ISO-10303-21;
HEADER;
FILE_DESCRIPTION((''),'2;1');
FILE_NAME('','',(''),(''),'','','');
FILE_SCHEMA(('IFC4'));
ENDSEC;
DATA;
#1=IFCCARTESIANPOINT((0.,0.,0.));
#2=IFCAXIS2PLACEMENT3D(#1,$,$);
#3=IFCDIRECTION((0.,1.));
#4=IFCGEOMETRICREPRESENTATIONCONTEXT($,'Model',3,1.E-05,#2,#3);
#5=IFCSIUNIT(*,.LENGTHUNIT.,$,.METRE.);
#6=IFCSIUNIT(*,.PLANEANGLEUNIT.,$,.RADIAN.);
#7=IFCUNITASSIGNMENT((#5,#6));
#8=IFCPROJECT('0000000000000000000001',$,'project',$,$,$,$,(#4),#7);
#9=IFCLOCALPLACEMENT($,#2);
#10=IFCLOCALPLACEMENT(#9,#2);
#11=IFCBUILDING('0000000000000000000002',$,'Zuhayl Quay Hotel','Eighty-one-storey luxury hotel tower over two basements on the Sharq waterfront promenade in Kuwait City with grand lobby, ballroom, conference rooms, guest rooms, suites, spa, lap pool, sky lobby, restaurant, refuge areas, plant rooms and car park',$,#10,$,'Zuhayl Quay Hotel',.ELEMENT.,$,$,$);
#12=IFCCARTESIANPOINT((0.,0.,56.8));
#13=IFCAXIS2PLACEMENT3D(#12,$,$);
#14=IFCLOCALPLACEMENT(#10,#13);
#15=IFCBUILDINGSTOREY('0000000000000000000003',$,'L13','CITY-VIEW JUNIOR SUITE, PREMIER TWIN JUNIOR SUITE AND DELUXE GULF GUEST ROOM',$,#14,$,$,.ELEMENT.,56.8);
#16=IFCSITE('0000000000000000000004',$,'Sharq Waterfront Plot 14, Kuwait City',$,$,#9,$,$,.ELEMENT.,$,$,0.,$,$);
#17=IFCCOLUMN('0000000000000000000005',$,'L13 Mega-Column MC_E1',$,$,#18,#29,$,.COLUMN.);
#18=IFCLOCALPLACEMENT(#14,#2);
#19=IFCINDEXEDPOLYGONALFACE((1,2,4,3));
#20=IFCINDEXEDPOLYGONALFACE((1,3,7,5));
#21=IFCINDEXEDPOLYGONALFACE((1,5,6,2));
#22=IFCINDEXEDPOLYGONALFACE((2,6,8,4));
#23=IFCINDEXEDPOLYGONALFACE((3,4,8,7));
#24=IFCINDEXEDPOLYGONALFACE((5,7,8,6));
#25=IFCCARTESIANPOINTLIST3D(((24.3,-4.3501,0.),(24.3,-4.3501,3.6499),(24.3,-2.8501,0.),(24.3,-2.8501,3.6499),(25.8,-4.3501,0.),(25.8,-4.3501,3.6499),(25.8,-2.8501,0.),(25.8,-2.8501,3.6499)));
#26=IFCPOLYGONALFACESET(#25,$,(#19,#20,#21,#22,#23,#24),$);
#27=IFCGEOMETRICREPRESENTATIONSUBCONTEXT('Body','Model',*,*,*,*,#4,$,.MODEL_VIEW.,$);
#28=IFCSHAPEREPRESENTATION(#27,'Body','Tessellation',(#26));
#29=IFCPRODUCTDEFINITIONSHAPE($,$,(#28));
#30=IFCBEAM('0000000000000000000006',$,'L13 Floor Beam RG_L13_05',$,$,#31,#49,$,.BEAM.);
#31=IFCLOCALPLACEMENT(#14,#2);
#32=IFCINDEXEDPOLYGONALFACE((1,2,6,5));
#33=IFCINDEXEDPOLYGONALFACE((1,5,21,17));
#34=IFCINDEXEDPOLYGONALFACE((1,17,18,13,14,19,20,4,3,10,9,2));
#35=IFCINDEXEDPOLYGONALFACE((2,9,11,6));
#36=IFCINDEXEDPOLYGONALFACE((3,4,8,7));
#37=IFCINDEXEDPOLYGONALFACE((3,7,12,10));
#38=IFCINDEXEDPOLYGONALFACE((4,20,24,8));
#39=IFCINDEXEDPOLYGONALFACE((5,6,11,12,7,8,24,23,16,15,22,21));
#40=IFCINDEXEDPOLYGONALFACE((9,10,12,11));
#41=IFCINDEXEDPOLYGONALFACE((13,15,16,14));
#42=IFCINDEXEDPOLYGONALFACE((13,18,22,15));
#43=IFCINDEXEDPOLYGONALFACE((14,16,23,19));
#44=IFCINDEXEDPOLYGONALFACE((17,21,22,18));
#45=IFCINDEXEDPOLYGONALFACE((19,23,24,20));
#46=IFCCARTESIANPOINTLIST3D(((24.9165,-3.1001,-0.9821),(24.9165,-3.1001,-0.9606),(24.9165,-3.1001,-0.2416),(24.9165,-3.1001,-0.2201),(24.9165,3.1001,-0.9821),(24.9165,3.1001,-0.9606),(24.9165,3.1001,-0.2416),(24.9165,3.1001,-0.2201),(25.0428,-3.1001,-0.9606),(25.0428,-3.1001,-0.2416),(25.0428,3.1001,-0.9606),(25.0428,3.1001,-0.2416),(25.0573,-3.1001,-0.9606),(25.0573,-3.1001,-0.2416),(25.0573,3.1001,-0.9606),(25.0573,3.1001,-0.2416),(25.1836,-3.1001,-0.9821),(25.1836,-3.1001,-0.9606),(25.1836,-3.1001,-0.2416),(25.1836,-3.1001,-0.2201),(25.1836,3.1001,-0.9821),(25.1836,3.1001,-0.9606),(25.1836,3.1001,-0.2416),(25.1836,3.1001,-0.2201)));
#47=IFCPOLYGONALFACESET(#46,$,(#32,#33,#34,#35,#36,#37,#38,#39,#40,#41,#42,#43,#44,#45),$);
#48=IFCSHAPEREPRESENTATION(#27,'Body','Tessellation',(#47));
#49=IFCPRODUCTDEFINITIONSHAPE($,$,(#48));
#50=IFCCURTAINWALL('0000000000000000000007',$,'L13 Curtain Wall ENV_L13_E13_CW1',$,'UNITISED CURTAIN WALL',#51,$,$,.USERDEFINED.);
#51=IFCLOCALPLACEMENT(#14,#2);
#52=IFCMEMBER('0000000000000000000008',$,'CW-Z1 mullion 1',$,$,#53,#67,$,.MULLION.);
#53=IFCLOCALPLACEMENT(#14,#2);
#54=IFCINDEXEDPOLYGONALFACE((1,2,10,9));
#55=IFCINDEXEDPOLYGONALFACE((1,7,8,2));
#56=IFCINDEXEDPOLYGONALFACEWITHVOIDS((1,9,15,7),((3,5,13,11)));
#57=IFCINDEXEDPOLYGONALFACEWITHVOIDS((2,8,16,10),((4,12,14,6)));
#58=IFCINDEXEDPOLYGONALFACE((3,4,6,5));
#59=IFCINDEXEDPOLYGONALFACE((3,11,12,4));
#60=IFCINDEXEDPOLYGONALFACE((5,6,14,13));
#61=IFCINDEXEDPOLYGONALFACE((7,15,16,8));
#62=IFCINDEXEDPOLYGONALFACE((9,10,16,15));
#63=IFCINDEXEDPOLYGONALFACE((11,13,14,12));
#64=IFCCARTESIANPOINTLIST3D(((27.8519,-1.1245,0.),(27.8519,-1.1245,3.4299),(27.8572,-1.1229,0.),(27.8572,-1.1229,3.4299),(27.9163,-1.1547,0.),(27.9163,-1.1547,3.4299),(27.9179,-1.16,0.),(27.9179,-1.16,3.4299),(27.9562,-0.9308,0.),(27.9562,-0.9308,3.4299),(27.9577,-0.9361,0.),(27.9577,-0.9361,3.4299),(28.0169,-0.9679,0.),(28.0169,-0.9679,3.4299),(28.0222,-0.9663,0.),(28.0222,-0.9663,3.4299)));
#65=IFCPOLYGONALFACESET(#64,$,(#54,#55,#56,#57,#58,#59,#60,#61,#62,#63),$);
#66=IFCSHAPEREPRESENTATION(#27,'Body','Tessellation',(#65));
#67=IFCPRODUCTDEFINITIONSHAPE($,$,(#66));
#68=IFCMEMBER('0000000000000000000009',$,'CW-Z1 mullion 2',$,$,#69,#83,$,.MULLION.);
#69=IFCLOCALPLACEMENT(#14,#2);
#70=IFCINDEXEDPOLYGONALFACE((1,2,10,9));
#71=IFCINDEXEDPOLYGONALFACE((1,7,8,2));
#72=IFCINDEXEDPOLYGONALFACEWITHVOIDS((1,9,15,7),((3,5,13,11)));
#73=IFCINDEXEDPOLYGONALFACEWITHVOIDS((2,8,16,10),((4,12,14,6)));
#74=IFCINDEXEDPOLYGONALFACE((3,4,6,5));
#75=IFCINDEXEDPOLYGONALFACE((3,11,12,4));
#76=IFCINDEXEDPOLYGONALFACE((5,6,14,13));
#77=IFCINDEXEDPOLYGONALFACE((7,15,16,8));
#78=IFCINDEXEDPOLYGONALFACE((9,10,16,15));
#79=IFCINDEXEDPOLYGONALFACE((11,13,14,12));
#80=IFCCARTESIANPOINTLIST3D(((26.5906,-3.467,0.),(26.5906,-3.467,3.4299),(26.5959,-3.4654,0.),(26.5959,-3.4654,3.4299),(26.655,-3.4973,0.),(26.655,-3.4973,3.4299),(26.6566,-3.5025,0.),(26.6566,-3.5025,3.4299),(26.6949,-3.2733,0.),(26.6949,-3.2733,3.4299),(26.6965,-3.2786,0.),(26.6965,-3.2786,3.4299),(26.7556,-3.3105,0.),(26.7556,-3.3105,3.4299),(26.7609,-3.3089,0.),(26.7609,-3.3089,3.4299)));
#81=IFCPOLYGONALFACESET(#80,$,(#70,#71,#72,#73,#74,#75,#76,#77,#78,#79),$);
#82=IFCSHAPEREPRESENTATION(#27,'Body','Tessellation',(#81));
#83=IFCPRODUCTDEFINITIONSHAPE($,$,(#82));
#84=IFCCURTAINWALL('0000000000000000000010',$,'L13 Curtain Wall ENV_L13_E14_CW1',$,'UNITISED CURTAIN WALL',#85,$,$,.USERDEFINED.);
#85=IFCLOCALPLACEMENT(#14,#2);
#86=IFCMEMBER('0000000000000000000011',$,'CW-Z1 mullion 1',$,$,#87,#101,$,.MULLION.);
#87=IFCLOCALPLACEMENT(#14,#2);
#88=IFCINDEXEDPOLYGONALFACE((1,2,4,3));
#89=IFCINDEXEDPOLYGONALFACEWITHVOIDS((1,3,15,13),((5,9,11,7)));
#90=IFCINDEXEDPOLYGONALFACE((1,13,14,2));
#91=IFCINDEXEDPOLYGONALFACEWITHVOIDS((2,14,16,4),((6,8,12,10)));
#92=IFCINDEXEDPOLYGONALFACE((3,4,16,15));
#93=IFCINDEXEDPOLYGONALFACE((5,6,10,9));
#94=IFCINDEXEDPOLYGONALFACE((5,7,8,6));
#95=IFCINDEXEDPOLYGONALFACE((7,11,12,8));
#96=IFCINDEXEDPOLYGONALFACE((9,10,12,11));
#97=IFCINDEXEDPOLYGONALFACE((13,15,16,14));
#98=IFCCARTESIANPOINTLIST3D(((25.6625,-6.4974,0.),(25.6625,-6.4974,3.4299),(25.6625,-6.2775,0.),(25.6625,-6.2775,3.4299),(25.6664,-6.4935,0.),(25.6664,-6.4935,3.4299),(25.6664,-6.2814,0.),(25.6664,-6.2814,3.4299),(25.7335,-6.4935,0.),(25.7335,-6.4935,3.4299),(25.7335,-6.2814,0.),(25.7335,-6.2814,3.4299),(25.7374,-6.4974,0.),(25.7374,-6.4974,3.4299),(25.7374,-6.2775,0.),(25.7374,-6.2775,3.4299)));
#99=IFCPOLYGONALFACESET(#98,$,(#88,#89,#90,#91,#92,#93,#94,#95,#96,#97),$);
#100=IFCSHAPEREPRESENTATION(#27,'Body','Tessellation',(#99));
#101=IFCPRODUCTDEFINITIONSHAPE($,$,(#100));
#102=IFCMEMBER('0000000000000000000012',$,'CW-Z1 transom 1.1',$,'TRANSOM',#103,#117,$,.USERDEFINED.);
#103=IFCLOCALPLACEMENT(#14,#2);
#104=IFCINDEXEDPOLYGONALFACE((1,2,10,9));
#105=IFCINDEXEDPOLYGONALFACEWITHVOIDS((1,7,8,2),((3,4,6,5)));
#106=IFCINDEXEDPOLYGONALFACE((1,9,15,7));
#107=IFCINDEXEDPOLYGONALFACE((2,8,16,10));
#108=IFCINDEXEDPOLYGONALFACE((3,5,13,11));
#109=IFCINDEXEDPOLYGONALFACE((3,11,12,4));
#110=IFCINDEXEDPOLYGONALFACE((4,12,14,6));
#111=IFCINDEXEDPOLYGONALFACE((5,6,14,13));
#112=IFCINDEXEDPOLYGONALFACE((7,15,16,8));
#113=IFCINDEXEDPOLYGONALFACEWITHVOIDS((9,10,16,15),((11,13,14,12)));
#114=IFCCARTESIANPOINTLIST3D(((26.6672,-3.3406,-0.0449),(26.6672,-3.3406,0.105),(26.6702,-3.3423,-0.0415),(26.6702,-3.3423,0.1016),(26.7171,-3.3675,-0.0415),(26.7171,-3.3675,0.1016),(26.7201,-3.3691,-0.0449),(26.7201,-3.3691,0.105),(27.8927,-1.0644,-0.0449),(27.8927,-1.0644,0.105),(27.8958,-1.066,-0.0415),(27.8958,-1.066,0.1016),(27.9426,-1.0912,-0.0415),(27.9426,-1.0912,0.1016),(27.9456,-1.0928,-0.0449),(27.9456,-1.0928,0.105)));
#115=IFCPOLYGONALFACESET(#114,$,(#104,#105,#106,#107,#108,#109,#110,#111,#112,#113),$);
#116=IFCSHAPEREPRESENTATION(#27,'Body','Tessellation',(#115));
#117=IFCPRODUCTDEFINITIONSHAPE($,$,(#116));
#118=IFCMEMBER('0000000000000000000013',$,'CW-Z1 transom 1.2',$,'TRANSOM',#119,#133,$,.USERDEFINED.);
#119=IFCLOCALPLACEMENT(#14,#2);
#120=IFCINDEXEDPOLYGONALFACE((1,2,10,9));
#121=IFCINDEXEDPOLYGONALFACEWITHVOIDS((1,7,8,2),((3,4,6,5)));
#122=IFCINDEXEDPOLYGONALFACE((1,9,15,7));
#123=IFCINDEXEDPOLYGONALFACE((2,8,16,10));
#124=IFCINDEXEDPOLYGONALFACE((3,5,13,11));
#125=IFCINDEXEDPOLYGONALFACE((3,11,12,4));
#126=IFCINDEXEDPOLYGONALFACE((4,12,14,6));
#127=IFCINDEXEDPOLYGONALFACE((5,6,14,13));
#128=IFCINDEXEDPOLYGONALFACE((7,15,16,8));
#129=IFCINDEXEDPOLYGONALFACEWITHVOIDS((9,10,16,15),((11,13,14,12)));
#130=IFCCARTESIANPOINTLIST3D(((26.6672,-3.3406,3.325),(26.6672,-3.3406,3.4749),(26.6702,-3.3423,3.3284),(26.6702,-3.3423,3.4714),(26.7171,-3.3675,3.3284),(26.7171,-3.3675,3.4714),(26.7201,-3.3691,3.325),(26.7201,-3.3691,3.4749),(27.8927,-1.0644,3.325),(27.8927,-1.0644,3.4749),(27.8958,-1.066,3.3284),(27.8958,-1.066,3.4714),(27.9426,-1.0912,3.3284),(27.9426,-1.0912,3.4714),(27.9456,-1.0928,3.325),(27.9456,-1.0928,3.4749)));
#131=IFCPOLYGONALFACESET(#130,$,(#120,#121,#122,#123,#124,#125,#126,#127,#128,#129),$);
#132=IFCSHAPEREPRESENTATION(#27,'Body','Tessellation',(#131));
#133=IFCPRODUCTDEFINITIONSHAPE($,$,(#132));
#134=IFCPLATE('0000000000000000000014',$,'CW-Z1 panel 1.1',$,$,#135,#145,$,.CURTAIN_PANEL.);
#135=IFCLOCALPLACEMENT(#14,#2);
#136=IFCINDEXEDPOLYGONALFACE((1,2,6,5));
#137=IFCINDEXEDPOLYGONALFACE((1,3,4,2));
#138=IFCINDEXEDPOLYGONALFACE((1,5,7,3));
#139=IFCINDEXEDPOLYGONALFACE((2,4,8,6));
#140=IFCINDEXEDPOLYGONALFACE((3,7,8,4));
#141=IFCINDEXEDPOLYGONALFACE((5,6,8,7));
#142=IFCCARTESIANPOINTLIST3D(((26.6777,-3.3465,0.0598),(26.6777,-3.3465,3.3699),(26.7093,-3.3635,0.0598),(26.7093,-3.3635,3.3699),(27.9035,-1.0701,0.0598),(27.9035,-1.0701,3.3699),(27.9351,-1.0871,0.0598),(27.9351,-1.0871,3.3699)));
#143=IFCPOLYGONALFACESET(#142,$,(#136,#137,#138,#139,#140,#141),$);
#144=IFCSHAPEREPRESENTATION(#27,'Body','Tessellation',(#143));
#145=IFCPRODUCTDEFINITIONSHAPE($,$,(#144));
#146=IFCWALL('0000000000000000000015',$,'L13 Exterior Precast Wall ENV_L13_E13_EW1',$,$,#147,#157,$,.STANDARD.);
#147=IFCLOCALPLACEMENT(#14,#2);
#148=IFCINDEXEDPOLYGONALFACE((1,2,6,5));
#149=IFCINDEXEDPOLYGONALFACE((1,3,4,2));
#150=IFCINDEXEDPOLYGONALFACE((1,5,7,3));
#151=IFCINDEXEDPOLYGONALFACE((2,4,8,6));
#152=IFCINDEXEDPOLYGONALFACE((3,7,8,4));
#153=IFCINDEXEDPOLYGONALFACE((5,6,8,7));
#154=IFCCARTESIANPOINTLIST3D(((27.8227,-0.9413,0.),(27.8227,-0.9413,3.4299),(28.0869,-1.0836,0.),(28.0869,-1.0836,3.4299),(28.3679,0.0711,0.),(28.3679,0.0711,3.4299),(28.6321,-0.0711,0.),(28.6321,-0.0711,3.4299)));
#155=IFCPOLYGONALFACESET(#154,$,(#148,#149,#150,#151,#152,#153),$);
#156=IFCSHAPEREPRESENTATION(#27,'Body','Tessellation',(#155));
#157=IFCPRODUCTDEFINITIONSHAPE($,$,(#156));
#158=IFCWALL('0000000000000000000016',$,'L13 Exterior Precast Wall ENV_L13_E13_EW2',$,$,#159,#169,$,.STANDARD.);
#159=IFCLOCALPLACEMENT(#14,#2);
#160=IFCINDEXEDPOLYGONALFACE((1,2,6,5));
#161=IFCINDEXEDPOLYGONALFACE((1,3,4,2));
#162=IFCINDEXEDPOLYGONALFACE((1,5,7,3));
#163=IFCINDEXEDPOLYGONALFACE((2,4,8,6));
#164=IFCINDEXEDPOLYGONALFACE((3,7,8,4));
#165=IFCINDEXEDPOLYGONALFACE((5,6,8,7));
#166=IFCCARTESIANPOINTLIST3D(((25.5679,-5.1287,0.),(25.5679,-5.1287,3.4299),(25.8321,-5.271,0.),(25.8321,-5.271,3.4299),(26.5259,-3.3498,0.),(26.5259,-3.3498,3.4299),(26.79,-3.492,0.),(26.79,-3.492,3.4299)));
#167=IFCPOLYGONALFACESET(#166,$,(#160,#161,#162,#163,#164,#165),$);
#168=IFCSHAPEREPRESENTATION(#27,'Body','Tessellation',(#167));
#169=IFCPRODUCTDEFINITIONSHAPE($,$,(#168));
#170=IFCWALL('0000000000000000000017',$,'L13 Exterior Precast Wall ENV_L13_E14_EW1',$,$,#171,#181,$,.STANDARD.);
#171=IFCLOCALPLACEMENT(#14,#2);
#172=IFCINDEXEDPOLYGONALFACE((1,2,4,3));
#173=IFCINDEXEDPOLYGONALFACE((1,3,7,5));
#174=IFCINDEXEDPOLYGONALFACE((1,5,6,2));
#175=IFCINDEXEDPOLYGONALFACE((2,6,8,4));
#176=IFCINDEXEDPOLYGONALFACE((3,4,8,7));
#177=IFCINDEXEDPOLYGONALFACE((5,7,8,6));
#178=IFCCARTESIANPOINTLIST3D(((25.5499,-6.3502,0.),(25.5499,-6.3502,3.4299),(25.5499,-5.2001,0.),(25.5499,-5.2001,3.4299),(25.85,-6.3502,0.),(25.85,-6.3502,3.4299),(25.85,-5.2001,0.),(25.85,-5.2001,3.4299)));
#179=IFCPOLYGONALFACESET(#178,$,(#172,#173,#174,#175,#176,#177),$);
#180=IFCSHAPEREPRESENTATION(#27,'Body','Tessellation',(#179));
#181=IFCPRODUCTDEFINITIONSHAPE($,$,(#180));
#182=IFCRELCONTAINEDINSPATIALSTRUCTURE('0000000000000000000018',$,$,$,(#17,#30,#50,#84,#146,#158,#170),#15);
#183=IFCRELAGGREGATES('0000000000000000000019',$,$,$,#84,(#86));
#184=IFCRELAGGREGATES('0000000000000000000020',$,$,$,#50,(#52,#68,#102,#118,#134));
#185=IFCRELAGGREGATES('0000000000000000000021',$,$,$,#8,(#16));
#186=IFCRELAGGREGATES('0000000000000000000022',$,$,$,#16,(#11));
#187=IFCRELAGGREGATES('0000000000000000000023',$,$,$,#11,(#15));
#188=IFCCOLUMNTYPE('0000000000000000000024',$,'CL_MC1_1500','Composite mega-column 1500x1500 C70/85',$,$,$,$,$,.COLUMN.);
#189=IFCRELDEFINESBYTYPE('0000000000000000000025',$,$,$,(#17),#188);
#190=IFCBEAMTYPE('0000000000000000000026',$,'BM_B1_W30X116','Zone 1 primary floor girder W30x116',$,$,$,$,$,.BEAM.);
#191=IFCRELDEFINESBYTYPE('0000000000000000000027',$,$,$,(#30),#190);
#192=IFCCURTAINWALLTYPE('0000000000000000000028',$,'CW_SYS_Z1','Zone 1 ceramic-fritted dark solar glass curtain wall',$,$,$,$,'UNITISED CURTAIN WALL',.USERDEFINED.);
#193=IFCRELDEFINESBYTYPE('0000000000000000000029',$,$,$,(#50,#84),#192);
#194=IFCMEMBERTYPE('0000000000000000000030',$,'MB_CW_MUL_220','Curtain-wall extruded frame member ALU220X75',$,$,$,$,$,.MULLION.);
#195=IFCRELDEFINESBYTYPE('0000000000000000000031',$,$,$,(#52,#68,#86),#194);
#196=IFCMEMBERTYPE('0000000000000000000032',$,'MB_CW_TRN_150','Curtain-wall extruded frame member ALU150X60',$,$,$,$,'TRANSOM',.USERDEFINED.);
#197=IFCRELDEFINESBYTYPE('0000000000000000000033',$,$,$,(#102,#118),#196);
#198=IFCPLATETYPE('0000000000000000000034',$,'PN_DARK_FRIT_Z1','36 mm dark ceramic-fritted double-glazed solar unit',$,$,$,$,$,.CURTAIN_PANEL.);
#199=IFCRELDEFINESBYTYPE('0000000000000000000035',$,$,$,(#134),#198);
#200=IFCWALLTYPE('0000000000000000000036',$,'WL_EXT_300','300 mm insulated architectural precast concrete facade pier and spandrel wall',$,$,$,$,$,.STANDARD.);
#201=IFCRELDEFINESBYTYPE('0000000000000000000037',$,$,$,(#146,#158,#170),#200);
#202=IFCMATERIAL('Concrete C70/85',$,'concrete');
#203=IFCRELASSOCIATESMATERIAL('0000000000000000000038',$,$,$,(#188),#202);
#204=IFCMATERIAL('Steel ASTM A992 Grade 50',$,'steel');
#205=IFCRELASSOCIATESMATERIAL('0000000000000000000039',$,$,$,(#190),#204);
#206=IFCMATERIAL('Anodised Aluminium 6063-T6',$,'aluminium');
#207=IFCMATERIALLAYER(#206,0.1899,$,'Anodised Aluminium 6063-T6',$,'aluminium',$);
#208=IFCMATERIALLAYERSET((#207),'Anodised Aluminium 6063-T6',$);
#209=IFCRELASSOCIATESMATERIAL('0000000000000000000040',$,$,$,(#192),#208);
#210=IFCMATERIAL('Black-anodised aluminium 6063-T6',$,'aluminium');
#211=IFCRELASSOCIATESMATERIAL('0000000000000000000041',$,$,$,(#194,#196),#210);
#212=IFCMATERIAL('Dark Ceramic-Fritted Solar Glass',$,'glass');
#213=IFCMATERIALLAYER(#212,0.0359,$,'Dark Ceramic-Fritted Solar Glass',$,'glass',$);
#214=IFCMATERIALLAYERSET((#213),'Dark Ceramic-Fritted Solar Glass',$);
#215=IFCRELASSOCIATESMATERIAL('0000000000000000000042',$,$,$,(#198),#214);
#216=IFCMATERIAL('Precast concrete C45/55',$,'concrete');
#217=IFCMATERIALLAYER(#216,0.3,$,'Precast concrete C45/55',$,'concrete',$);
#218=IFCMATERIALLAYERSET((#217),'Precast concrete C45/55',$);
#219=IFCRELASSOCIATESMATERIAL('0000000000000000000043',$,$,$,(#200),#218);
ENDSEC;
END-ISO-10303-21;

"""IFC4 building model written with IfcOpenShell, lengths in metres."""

from ifc_helpers import new_model, si_unit, direction, frame, frame_2d, origin, origin_2d, place, context, subcontext, project, spatial, rectangle, hollow_rectangle, i_section, extrude, material, layer, layer_set, material_profile, profile_set, type_object, element, aggregate, save


model = new_model("IFC4")

# Units and contexts
model_context = context("Model", 3, precision=1e-05, world=origin(), true_north=direction((0.0, 1.0)))
body_context = subcontext(model_context, "Body", "Model", "MODEL_VIEW")
ifc_project = project(units=[si_unit("LENGTHUNIT", "METRE"), si_unit("PLANEANGLEUNIT", "RADIAN")], contexts=[model_context])

# Site, building, storey
site_placement = place(None, origin())
site = spatial("IfcSite", under=ifc_project, at=site_placement, Name="Sharq Waterfront Plot 14, Kuwait City", CompositionType="ELEMENT", RefElevation=0.0)
building_placement = place(site_placement, origin())
building = spatial("IfcBuilding", under=site, at=building_placement, Name="Zuhayl Quay Hotel", Description="Eighty-one-storey luxury hotel tower over two basements on the Sharq waterfront promenade in Kuwait City with grand lobby, ballroom, conference rooms, guest rooms, suites, spa, lap pool, sky lobby, restaurant, refuge areas, plant rooms and car park", LongName="Zuhayl Quay Hotel", CompositionType="ELEMENT")
storey_placement = place(building_placement, frame((0.0, 0.0, 56.8)))
storey = spatial("IfcBuildingStorey", under=building, at=storey_placement, Name="L13", Description="CITY-VIEW JUNIOR SUITE, PREMIER TWIN JUNIOR SUITE AND DELUXE GULF GUEST ROOM", CompositionType="ELEMENT", Elevation=56.8)

# Column
ifc_material_1 = material(Name="Concrete C70/85", Category="concrete")
ifc_material_profile_1 = material_profile(ifc_material_1, rectangle(XDim=1.5, YDim=1.5, at=origin_2d()), Name="RC1500X1500")
ifc_profile_set_1 = profile_set([ifc_material_profile_1], Name="Concrete C70/85")
column_type = type_object("IfcColumnType", Name="CL_MC1_1500", Description="Composite mega-column 1500x1500 C70/85", PredefinedType="COLUMN", material=ifc_profile_set_1)
column_placement = place(storey_placement, frame((25.05, -3.6001, 0.0), z_axis=(0.0, 0.0, 1.0), x_axis=(1.0, 0.0, 0.0)))
element("IfcColumn", 1, at=column_placement, inside=storey, type_object=column_type, Name="L13 Mega-Column MC_E1", PredefinedType="COLUMN", context=body_context, shape_type="SweptSolid", body=[
    extrude(rectangle(XDim=1.5, YDim=1.5, at=origin_2d()), origin(), (0.0, 0.0, 1.0), 3.6499),
])

# Beam
ifc_material_2 = material(Name="Steel ASTM A992 Grade 50", Category="steel")
ifc_material_profile_2 = material_profile(ifc_material_2, i_section(OverallWidth=0.2671, OverallDepth=0.762, WebThickness=0.0144, FlangeThickness=0.0215, at=origin_2d()), Name="W30X116")
ifc_profile_set_2 = profile_set([ifc_material_profile_2], Name="Steel ASTM A992 Grade 50")
beam_type = type_object("IfcBeamType", Name="BM_B1_W30X116", Description="Zone 1 primary floor girder W30x116", PredefinedType="BEAM", material=ifc_profile_set_2)
beam_placement = place(storey_placement, frame((25.05, -3.1001, -0.6011), z_axis=(0.0, 1.0, 0.0), x_axis=(-1.0, 0.0, 0.0)))
element("IfcBeam", 2, at=beam_placement, inside=storey, type_object=beam_type, Name="L13 Floor Beam RG_L13_05", PredefinedType="BEAM", context=body_context, shape_type="SweptSolid", body=[
    extrude(i_section(OverallWidth=0.2671, OverallDepth=0.762, WebThickness=0.0144, FlangeThickness=0.0215, at=origin_2d()), origin(), (0.0, 0.0, 1.0), 6.2002),
])

# Curtain wall, members
ifc_material_3 = material(Name="Anodised Aluminium 6063-T6", Category="aluminium")
ifc_layer_1 = layer(ifc_material_3, 0.1899, Name="Anodised Aluminium 6063-T6", Category="aluminium")
ifc_layer_set_1 = layer_set([ifc_layer_1], Name="Anodised Aluminium 6063-T6")
curtain_wall_type = type_object("IfcCurtainWallType", Name="CW_SYS_Z1", Description="Zone 1 ceramic-fritted dark solar glass curtain wall", ElementType="UNITISED CURTAIN WALL", PredefinedType="USERDEFINED", material=ifc_layer_set_1)
curtain_wall_1_placement = place(storey_placement, origin())
curtain_wall_1 = element("IfcCurtainWall", 3, at=curtain_wall_1_placement, inside=storey, type_object=curtain_wall_type, Name="L13 Curtain Wall ENV_L13_E13_CW1", ObjectType="UNITISED CURTAIN WALL", PredefinedType="USERDEFINED")
ifc_material_4 = material(Name="Black-anodised aluminium 6063-T6", Category="aluminium")
ifc_material_profile_3 = material_profile(ifc_material_4, hollow_rectangle(XDim=0.075, YDim=0.22, WallThickness=0.0039, at=origin_2d()), Name="ALU220X75")
ifc_profile_set_3 = profile_set([ifc_material_profile_3], Name="Black-anodised aluminium 6063-T6")
member_type_1 = type_object("IfcMemberType", Name="MB_CW_MUL_220", Description="Curtain-wall extruded frame member ALU220X75", PredefinedType="MULLION", material=ifc_profile_set_3)
member_1_placement = place(storey_placement, frame((27.937, -1.0454, 0.0), z_axis=(0.0, 0.0, 1.0), x_axis=(0.880476, -0.474091, 0.0)))
member_1 = element("IfcMember", 4, at=member_1_placement, type_object=member_type_1, Name="CW-Z1 mullion 1", PredefinedType="MULLION", context=body_context, shape_type="SweptSolid", body=[
    extrude(hollow_rectangle(XDim=0.075, YDim=0.22, WallThickness=0.0039, at=origin_2d()), origin(), (0.0, 0.0, 1.0), 3.4299),
])
member_2_placement = place(storey_placement, frame((26.6758, -3.3879, 0.0), z_axis=(0.0, 0.0, 1.0), x_axis=(0.880476, -0.474091, 0.0)))
member_2 = element("IfcMember", 5, at=member_2_placement, type_object=member_type_1, Name="CW-Z1 mullion 2", PredefinedType="MULLION", context=body_context, shape_type="SweptSolid", body=[
    extrude(hollow_rectangle(XDim=0.075, YDim=0.22, WallThickness=0.0039, at=origin_2d()), origin(), (0.0, 0.0, 1.0), 3.4299),
])

# Curtain wall, member
curtain_wall_2_placement = place(storey_placement, origin())
curtain_wall_2 = element("IfcCurtainWall", 6, at=curtain_wall_2_placement, inside=storey, type_object=curtain_wall_type, Name="L13 Curtain Wall ENV_L13_E14_CW1", ObjectType="UNITISED CURTAIN WALL", PredefinedType="USERDEFINED")
member_3_placement = place(storey_placement, frame((25.7, -6.3875, 0.0), z_axis=(0.0, 0.0, 1.0), x_axis=(1.0, 0.0, 0.0)))
member_3 = element("IfcMember", 7, at=member_3_placement, type_object=member_type_1, Name="CW-Z1 mullion 1", PredefinedType="MULLION", context=body_context, shape_type="SweptSolid", body=[
    extrude(hollow_rectangle(XDim=0.075, YDim=0.22, WallThickness=0.0039, at=origin_2d()), origin(), (0.0, 0.0, 1.0), 3.4299),
])
aggregate(curtain_wall_2, [member_3])

# Members
ifc_material_profile_4 = material_profile(ifc_material_4, hollow_rectangle(XDim=0.0601, YDim=0.1499, WallThickness=0.0034, at=origin_2d()), Name="ALU150X60")
ifc_profile_set_4 = profile_set([ifc_material_profile_4], Name="Black-anodised aluminium 6063-T6")
member_type_2 = type_object("IfcMemberType", Name="MB_CW_TRN_150", Description="Curtain-wall extruded frame member ALU150X60", ElementType="TRANSOM", PredefinedType="USERDEFINED", material=ifc_profile_set_4)
member_4_placement = place(storey_placement, frame((27.9192, -1.0786, 0.03), z_axis=(-0.474055, -0.880495, 0.0), x_axis=(0.880495, -0.474055, 0.0)))
member_4 = element("IfcMember", 8, at=member_4_placement, type_object=member_type_2, Name="CW-Z1 transom 1.1", ObjectType="TRANSOM", PredefinedType="USERDEFINED", context=body_context, shape_type="SweptSolid", body=[
    extrude(hollow_rectangle(XDim=0.0601, YDim=0.1499, WallThickness=0.0034, at=origin_2d()), origin(), (0.0, 0.0, 1.0), 2.5852),
])
member_5_placement = place(storey_placement, frame((27.9192, -1.0786, 3.3999), z_axis=(-0.474055, -0.880495, 0.0), x_axis=(0.880495, -0.474055, 0.0)))
member_5 = element("IfcMember", 9, at=member_5_placement, type_object=member_type_2, Name="CW-Z1 transom 1.2", ObjectType="TRANSOM", PredefinedType="USERDEFINED", context=body_context, shape_type="SweptSolid", body=[
    extrude(hollow_rectangle(XDim=0.0601, YDim=0.1499, WallThickness=0.0034, at=origin_2d()), origin(), (0.0, 0.0, 1.0), 2.5852),
])

# Plate
ifc_material_5 = material(Name="Dark Ceramic-Fritted Solar Glass", Category="glass")
ifc_layer_2 = layer(ifc_material_5, 0.0359, Name="Dark Ceramic-Fritted Solar Glass", Category="glass")
ifc_layer_set_2 = layer_set([ifc_layer_2], Name="Dark Ceramic-Fritted Solar Glass")
plate_type = type_object("IfcPlateType", Name="PN_DARK_FRIT_Z1", Description="36 mm dark ceramic-fritted double-glazed solar unit", PredefinedType="CURTAIN_PANEL", material=ifc_layer_set_2)
plate_placement = place(storey_placement, frame((27.3064, -2.2168, 0.0598), z_axis=(0.0, 0.0, 1.0), x_axis=(-0.474091, -0.880476, 0.0)))
plate = element("IfcPlate", 10, at=plate_placement, type_object=plate_type, Name="CW-Z1 panel 1.1", PredefinedType="CURTAIN_PANEL", context=body_context, shape_type="SweptSolid", body=[
    extrude(rectangle(XDim=2.5854, YDim=0.0359, at=origin_2d()), origin(), (0.0, 0.0, 1.0), 3.3101),
])
aggregate(curtain_wall_1, [member_1, member_2, member_4, member_5, plate])

# Walls
ifc_material_6 = material(Name="Precast concrete C45/55", Category="concrete")
ifc_layer_3 = layer(ifc_material_6, 0.3, Name="Precast concrete C45/55", Category="concrete")
ifc_layer_set_3 = layer_set([ifc_layer_3], Name="Precast concrete C45/55")
wall_type_1 = type_object("IfcWallType", Name="WL_EXT_300", Description="300 mm insulated architectural precast concrete facade pier and spandrel wall", PredefinedType="STANDARD", material=ifc_layer_set_3)
wall_1_placement = place(storey_placement, frame((28.5, 0.0, 0.0), z_axis=(0.0, 0.0, 1.0), x_axis=(-0.4741, -0.880471, 0.0)))
element("IfcWall", 11, at=wall_1_placement, inside=storey, type_object=wall_type_1, Name="L13 Exterior Precast Wall ENV_L13_E13_EW1", PredefinedType="STANDARD", context=body_context, shape_type="SweptSolid", body=[
    extrude(rectangle(XDim=1.1499, YDim=0.3, at=frame_2d((0.575, 0.0))), origin(), (0.0, 0.0, 1.0), 3.4299),
])
wall_2_placement = place(storey_placement, frame((26.658, -3.4209, 0.0), z_axis=(0.0, 0.0, 1.0), x_axis=(-0.474121, -0.880459, 0.0)))
element("IfcWall", 12, at=wall_2_placement, inside=storey, type_object=wall_type_1, Name="L13 Exterior Precast Wall ENV_L13_E13_EW2", PredefinedType="STANDARD", context=body_context, shape_type="SweptSolid", body=[
    extrude(rectangle(XDim=2.0205, YDim=0.3, at=frame_2d((1.0103, 0.0))), origin(), (0.0, 0.0, 1.0), 3.4299),
])
wall_3_placement = place(storey_placement, frame((25.7, -5.2, 0.0), z_axis=(0.0, 0.0, 1.0), x_axis=(0.0, -1.0, 0.0)))
element("IfcWall", 13, at=wall_3_placement, inside=storey, type_object=wall_type_1, Name="L13 Exterior Precast Wall ENV_L13_E14_EW1", PredefinedType="STANDARD", context=body_context, shape_type="SweptSolid", body=[
    extrude(rectangle(XDim=1.1501, YDim=0.3, at=frame_2d((0.5752, 0.0))), origin(), (0.0, 0.0, 1.0), 3.4299),
])

save(model, "model.ifc")
